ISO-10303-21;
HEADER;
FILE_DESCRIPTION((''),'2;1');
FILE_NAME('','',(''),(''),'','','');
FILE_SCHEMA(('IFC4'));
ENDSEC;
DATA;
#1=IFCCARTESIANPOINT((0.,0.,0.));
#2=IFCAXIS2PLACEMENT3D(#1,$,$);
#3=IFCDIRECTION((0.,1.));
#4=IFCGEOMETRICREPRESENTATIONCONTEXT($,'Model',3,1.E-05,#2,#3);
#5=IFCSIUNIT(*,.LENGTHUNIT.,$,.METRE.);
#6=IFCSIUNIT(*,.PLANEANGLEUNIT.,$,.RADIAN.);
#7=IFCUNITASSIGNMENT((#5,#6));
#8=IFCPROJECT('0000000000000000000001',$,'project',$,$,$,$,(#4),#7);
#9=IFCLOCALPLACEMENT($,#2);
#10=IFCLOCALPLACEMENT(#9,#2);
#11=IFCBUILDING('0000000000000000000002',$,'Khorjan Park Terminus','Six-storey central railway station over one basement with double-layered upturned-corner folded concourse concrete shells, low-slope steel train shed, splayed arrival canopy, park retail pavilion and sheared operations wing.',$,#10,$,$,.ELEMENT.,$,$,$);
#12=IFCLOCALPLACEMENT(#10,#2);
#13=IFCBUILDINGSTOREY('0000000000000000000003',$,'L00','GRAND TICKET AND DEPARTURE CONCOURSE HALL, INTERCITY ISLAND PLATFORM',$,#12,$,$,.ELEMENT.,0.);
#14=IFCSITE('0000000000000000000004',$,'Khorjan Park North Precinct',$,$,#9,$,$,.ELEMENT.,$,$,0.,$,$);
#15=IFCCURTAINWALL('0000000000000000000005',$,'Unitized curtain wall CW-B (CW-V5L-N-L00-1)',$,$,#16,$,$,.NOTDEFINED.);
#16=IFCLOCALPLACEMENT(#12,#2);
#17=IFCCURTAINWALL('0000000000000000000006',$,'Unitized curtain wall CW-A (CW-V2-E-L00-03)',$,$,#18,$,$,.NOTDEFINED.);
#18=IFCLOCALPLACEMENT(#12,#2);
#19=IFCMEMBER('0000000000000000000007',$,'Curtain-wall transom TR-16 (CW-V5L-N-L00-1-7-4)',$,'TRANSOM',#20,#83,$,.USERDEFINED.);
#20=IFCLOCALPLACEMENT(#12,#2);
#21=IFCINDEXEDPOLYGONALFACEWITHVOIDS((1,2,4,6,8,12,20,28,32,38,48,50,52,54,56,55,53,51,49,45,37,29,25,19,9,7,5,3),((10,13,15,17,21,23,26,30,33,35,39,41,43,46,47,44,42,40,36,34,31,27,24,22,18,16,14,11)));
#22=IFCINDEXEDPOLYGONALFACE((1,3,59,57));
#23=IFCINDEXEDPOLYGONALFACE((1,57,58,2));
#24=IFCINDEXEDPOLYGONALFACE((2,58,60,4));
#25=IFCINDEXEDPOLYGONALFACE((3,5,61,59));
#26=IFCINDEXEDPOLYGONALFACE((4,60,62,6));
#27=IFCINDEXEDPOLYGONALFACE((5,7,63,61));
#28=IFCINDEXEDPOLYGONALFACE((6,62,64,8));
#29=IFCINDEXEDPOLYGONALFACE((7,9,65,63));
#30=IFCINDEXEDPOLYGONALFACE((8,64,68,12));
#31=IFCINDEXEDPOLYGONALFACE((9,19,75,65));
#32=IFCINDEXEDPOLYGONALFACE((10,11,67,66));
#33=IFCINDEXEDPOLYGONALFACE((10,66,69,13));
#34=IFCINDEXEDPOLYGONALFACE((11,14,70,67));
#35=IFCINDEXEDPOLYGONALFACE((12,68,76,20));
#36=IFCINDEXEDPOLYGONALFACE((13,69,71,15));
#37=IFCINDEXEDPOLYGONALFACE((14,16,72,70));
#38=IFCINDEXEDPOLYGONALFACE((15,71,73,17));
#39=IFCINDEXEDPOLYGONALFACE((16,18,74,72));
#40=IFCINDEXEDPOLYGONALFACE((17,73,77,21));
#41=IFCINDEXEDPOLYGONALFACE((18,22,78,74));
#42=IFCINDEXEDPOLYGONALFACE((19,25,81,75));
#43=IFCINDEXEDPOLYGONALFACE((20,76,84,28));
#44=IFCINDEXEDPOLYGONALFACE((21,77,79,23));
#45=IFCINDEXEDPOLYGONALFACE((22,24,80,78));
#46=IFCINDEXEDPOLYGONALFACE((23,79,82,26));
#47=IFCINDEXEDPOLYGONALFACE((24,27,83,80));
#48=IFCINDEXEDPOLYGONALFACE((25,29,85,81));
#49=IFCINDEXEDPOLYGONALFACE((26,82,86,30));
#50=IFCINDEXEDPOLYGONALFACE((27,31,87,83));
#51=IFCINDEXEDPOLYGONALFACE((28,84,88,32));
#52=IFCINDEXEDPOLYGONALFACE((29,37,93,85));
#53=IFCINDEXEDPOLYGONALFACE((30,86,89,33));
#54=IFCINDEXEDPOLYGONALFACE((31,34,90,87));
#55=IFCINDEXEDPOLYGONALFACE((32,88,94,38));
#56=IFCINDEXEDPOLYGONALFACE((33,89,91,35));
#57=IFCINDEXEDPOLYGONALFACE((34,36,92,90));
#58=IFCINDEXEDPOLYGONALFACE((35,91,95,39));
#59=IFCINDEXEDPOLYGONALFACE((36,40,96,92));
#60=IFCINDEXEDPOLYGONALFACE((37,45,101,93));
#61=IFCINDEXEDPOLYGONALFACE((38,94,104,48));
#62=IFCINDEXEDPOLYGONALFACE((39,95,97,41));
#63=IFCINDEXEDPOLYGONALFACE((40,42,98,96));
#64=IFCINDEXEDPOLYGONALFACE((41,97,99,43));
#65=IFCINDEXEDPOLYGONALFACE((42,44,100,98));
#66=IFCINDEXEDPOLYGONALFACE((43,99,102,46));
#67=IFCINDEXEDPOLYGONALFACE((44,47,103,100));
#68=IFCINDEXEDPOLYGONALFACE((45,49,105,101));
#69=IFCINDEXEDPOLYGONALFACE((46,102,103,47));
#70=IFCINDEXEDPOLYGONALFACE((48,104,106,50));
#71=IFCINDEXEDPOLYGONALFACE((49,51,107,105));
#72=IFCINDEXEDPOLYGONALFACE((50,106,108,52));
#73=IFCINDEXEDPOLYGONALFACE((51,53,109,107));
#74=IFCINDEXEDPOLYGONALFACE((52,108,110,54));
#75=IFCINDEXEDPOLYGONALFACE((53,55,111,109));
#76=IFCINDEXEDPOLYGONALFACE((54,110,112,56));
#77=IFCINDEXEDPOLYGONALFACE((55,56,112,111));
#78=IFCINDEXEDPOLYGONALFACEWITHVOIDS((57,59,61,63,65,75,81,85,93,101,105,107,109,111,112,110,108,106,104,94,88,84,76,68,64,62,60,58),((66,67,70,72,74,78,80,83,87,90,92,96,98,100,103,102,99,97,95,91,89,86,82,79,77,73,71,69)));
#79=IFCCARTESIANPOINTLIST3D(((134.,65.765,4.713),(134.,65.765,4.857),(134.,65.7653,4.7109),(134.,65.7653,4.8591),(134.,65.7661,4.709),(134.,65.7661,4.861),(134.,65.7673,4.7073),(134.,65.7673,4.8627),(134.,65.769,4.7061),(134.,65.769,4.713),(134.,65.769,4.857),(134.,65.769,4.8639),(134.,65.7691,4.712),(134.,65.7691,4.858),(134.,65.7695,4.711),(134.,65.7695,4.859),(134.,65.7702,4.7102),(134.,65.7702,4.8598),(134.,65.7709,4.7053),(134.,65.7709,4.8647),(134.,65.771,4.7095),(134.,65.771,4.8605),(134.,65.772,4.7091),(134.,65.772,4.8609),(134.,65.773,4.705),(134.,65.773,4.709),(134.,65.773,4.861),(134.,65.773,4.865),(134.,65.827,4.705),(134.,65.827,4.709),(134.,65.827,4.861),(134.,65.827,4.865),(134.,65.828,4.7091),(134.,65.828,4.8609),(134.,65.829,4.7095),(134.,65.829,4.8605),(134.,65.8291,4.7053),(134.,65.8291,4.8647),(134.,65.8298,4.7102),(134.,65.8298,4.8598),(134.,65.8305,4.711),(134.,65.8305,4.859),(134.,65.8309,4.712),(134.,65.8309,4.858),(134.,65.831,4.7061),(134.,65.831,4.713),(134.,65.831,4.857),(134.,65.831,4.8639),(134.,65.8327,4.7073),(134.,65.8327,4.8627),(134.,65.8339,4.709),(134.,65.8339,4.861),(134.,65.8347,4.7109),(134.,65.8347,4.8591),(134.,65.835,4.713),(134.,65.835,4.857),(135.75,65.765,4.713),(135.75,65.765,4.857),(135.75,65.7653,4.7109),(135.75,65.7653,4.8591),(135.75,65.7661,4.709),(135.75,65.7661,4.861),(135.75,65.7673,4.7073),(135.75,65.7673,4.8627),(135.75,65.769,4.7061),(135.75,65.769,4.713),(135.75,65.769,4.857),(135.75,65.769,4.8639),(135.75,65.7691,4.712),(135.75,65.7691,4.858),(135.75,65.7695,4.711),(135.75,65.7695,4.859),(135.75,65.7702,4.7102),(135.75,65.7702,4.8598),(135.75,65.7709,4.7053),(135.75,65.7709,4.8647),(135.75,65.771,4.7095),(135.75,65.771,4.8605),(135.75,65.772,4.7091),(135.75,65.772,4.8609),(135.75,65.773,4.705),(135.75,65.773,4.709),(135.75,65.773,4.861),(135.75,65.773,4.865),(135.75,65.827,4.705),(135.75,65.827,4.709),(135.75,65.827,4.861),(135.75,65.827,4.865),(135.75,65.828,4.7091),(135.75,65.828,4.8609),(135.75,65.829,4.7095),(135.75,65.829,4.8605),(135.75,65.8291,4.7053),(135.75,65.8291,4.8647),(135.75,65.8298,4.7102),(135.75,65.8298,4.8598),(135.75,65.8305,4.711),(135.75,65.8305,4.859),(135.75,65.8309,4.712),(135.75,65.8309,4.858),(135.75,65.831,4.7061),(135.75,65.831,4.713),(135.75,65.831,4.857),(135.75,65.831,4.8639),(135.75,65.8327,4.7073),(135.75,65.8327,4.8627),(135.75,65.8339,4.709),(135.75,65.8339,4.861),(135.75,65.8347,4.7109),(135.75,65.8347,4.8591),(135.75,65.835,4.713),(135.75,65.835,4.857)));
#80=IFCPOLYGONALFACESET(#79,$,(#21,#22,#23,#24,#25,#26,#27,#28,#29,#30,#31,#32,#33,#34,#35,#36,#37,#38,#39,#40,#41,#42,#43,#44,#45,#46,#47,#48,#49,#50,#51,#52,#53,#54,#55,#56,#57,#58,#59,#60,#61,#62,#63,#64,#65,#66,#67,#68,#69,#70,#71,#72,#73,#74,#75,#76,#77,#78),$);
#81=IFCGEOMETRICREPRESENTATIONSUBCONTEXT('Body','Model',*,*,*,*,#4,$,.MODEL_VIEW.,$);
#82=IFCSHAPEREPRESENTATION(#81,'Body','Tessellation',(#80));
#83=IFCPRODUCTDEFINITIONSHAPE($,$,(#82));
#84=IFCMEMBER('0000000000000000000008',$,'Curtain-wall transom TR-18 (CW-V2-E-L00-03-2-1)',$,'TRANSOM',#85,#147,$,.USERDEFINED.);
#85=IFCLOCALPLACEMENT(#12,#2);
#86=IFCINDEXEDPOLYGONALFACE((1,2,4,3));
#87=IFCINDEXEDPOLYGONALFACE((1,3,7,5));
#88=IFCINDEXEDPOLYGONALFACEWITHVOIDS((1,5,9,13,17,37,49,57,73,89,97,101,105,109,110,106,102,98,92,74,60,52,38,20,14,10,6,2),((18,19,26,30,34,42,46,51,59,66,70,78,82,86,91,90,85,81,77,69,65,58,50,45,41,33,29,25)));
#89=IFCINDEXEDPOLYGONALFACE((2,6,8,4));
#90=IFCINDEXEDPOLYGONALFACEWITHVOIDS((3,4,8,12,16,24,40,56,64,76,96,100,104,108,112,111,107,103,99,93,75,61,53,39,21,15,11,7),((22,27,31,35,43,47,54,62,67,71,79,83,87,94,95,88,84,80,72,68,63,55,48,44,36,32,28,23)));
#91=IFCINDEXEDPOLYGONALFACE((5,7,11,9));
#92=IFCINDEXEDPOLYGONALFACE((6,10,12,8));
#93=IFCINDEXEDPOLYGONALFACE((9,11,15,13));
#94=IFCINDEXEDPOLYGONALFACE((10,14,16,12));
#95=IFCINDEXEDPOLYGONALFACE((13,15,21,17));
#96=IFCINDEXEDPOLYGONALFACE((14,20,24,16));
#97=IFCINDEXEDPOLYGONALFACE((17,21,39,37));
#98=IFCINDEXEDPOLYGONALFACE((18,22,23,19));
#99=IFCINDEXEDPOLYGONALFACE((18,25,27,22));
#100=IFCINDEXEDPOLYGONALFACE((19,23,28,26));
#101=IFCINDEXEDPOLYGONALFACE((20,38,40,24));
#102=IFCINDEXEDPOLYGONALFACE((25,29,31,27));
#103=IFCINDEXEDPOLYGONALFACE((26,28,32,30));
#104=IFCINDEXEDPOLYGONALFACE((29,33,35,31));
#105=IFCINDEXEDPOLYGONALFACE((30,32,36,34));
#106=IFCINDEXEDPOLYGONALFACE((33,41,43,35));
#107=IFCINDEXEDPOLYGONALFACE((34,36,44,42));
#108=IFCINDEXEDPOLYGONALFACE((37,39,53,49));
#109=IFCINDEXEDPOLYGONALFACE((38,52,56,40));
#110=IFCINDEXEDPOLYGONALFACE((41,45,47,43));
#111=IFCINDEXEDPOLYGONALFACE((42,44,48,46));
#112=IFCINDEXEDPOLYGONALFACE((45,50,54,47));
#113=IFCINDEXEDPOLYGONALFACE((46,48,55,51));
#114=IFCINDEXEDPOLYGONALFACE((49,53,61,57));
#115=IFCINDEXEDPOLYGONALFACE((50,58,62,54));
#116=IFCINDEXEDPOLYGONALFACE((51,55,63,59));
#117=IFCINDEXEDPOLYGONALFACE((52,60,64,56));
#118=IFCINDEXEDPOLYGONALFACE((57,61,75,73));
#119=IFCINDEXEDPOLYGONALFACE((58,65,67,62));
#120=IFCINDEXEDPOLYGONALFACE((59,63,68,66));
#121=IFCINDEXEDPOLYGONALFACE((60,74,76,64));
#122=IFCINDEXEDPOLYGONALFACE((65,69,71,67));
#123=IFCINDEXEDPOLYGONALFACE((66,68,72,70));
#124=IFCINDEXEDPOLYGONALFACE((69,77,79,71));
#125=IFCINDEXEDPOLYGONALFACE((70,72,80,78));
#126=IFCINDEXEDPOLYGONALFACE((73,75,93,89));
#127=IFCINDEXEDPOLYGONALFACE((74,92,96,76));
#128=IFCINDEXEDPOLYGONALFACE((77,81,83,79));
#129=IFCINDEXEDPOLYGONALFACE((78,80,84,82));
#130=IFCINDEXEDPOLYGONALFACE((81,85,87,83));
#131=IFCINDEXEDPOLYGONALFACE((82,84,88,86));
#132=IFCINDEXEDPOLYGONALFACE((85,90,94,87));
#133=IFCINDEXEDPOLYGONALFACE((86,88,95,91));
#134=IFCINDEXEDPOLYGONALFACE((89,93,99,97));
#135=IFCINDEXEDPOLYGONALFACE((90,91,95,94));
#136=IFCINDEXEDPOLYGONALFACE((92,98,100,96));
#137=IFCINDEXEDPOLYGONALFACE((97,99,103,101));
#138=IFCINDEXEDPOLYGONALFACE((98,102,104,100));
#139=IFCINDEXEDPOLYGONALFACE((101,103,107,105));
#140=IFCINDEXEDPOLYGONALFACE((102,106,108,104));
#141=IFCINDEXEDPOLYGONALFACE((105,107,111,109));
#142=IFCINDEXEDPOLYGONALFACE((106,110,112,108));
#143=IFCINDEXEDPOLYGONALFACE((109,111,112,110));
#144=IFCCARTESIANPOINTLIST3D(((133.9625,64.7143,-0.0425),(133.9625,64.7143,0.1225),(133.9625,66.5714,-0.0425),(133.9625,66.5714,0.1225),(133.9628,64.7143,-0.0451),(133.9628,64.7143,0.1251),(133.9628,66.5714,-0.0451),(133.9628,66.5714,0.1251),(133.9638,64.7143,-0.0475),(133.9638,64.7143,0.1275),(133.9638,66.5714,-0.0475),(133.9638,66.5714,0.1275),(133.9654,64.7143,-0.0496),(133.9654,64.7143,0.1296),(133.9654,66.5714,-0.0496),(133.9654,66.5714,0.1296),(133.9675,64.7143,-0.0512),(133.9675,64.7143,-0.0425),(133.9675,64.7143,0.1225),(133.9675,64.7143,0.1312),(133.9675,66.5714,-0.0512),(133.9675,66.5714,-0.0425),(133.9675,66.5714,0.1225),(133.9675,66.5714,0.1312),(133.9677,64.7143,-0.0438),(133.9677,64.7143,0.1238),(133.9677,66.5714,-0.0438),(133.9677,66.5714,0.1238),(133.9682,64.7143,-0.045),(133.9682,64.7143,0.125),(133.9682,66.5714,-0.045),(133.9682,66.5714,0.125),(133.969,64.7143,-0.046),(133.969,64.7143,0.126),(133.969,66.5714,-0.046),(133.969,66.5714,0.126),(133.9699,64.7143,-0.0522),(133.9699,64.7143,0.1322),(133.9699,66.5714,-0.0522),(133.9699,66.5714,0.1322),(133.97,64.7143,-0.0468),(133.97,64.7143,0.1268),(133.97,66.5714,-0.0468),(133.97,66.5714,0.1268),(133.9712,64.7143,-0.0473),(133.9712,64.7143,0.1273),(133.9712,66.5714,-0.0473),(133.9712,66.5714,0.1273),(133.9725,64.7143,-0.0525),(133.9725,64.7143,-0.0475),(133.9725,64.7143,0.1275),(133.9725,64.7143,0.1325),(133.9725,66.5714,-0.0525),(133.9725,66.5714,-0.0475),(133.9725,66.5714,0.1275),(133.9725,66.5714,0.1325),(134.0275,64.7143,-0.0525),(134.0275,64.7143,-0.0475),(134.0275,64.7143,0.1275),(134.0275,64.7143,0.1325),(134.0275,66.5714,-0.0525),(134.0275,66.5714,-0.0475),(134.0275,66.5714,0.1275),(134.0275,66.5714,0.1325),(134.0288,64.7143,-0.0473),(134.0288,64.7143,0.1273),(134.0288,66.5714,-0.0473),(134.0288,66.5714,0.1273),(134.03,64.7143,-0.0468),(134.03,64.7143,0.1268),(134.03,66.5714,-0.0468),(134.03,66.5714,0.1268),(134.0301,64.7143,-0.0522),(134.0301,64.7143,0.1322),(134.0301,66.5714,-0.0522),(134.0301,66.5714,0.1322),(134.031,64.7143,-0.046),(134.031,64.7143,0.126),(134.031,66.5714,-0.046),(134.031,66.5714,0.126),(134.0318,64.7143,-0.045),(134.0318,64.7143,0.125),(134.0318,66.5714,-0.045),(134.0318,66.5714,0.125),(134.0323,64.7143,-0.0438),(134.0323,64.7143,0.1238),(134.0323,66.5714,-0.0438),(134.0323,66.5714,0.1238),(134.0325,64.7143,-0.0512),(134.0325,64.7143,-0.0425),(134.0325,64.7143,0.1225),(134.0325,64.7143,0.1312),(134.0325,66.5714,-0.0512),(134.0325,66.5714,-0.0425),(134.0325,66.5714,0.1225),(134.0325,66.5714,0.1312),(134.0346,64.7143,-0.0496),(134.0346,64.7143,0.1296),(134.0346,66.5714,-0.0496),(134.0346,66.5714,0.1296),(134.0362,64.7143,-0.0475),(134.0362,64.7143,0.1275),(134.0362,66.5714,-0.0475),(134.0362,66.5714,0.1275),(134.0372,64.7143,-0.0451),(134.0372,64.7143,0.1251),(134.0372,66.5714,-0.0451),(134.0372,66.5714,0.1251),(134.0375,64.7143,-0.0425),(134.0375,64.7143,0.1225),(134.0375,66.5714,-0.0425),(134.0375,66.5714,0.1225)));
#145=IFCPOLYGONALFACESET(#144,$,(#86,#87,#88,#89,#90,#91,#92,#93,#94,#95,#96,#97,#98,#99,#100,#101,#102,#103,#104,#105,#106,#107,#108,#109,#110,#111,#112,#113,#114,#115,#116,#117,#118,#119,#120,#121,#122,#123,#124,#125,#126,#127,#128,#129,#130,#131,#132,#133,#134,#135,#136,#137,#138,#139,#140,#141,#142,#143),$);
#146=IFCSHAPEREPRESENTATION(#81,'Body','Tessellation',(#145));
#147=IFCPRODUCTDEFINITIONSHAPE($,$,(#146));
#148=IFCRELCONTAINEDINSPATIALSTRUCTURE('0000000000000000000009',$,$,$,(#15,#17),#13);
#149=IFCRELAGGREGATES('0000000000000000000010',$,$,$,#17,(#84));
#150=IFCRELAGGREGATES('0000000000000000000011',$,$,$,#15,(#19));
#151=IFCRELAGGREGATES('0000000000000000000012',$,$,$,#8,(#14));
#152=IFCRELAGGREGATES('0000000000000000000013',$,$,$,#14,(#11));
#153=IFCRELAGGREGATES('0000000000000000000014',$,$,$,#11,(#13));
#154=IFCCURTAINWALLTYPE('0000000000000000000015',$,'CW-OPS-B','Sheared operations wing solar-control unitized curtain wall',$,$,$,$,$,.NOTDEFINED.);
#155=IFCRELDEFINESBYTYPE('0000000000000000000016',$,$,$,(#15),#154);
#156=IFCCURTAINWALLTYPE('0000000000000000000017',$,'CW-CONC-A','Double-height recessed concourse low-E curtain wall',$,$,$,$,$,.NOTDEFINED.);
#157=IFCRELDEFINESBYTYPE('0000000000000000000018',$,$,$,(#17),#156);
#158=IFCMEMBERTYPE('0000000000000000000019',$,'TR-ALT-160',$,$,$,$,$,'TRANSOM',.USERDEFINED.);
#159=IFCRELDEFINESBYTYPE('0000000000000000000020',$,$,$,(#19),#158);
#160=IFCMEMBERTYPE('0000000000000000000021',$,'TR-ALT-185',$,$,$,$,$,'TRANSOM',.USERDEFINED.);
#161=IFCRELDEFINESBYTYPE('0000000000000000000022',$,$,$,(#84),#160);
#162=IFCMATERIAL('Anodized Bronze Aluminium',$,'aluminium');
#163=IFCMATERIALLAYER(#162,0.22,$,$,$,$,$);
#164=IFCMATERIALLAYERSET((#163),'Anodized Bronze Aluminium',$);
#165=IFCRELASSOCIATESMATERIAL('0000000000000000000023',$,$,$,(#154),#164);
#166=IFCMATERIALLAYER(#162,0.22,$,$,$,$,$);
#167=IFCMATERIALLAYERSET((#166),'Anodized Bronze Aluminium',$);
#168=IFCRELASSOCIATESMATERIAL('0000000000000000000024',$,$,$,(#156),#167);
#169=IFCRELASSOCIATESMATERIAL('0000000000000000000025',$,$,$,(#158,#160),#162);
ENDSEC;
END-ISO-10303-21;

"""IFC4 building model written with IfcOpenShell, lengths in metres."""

from ifc_helpers import new_model, si_unit, direction, frame, origin, origin_2d, place, context, subcontext, project, spatial, hollow_rectangle, extrude, material, layer, layer_set, material_profile, profile_set, type_object, element, aggregate, save


model = new_model("IFC4")

# Units and contexts
model_context = context("Model", 3, precision=1e-05, world=origin(), true_north=direction((0.0, 1.0)))
body_context = subcontext(model_context, "Body", "Model", "MODEL_VIEW")
ifc_project = project(units=[si_unit("LENGTHUNIT", "METRE"), si_unit("PLANEANGLEUNIT", "RADIAN")], contexts=[model_context])

# Site, building, storey
site_placement = place(None, origin())
site = spatial("IfcSite", under=ifc_project, at=site_placement, Name="Khorjan Park North Precinct", CompositionType="ELEMENT", RefElevation=0.0)
building_placement = place(site_placement, origin())
building = spatial("IfcBuilding", under=site, at=building_placement, Name="Khorjan Park Terminus", Description="Six-storey central railway station over one basement with double-layered upturned-corner folded concourse concrete shells, low-slope steel train shed, splayed arrival canopy, park retail pavilion and sheared operations wing.", CompositionType="ELEMENT")
storey_placement = place(building_placement, origin())
storey = spatial("IfcBuildingStorey", under=building, at=storey_placement, Name="L00", Description="GRAND TICKET AND DEPARTURE CONCOURSE HALL, INTERCITY ISLAND PLATFORM", CompositionType="ELEMENT", Elevation=0.0)

# Curtain wall
ifc_material_1 = material(Name="Anodized Bronze Aluminium", Category="aluminium")
ifc_layer_1 = layer(ifc_material_1, 0.22)
ifc_layer_set_1 = layer_set([ifc_layer_1], Name="Anodized Bronze Aluminium")
curtain_wall_type_1 = type_object("IfcCurtainWallType", Name="CW-OPS-B", Description="Sheared operations wing solar-control unitized curtain wall", PredefinedType="NOTDEFINED", material=ifc_layer_set_1)
curtain_wall_1_placement = place(storey_placement, origin())
curtain_wall_1 = element("IfcCurtainWall", 1, at=curtain_wall_1_placement, inside=storey, type_object=curtain_wall_type_1, Name="Unitized curtain wall CW-B (CW-V5L-N-L00-1)", PredefinedType="NOTDEFINED")

# Curtain wall
ifc_layer_2 = layer(ifc_material_1, 0.22)
ifc_layer_set_2 = layer_set([ifc_layer_2], Name="Anodized Bronze Aluminium")
curtain_wall_type_2 = type_object("IfcCurtainWallType", Name="CW-CONC-A", Description="Double-height recessed concourse low-E curtain wall", PredefinedType="NOTDEFINED", material=ifc_layer_set_2)
curtain_wall_2_placement = place(storey_placement, origin())
curtain_wall_2 = element("IfcCurtainWall", 2, at=curtain_wall_2_placement, inside=storey, type_object=curtain_wall_type_2, Name="Unitized curtain wall CW-A (CW-V2-E-L00-03)", PredefinedType="NOTDEFINED")

# Members
ifc_material_profile_1 = material_profile(ifc_material_1, hollow_rectangle(XDim=0.07, YDim=0.16, WallThickness=0.004, InnerFilletRadius=0.004, OuterFilletRadius=0.008, at=origin_2d()), Name="ALT 70x160x4")
ifc_profile_set_1 = profile_set([ifc_material_profile_1], Name="Anodized Bronze Aluminium")
member_type_1 = type_object("IfcMemberType", Name="TR-ALT-160", ElementType="TRANSOM", PredefinedType="USERDEFINED", material=ifc_profile_set_1)
member_1_placement = place(storey_placement, frame((135.75, 65.8, 4.785), z_axis=(-1.0, 0.0, 0.0), x_axis=(0.0, -1.0, 0.0)))
member_1 = element("IfcMember", 3, at=member_1_placement, type_object=member_type_1, Name="Curtain-wall transom TR-16 (CW-V5L-N-L00-1-7-4)", ObjectType="TRANSOM", PredefinedType="USERDEFINED", context=body_context, shape_type="SweptSolid", body=[
    extrude(hollow_rectangle(XDim=0.07, YDim=0.16, WallThickness=0.004, InnerFilletRadius=0.004, OuterFilletRadius=0.008, at=origin_2d()), origin(), (0.0, 0.0, 1.0), 1.75),
])
ifc_material_profile_2 = material_profile(ifc_material_1, hollow_rectangle(XDim=0.075, YDim=0.185, WallThickness=0.005, InnerFilletRadius=0.005, OuterFilletRadius=0.01, at=origin_2d()), Name="ALT 75x185x5")
ifc_profile_set_2 = profile_set([ifc_material_profile_2], Name="Anodized Bronze Aluminium")
member_type_2 = type_object("IfcMemberType", Name="TR-ALT-185", ElementType="TRANSOM", PredefinedType="USERDEFINED", material=ifc_profile_set_2)
member_2_placement = place(storey_placement, frame((134.0, 64.7143, 0.04), z_axis=(0.0, 1.0, 0.0), x_axis=(-1.0, 0.0, 0.0)))
member_2 = element("IfcMember", 4, at=member_2_placement, type_object=member_type_2, Name="Curtain-wall transom TR-18 (CW-V2-E-L00-03-2-1)", ObjectType="TRANSOM", PredefinedType="USERDEFINED", context=body_context, shape_type="SweptSolid", body=[
    extrude(hollow_rectangle(XDim=0.075, YDim=0.185, WallThickness=0.005, InnerFilletRadius=0.005, OuterFilletRadius=0.01, at=origin_2d()), origin(), (0.0, 0.0, 1.0), 1.8571),
])

aggregate(curtain_wall_2, [member_2])
aggregate(curtain_wall_1, [member_1])

save(model, "model.ifc")
